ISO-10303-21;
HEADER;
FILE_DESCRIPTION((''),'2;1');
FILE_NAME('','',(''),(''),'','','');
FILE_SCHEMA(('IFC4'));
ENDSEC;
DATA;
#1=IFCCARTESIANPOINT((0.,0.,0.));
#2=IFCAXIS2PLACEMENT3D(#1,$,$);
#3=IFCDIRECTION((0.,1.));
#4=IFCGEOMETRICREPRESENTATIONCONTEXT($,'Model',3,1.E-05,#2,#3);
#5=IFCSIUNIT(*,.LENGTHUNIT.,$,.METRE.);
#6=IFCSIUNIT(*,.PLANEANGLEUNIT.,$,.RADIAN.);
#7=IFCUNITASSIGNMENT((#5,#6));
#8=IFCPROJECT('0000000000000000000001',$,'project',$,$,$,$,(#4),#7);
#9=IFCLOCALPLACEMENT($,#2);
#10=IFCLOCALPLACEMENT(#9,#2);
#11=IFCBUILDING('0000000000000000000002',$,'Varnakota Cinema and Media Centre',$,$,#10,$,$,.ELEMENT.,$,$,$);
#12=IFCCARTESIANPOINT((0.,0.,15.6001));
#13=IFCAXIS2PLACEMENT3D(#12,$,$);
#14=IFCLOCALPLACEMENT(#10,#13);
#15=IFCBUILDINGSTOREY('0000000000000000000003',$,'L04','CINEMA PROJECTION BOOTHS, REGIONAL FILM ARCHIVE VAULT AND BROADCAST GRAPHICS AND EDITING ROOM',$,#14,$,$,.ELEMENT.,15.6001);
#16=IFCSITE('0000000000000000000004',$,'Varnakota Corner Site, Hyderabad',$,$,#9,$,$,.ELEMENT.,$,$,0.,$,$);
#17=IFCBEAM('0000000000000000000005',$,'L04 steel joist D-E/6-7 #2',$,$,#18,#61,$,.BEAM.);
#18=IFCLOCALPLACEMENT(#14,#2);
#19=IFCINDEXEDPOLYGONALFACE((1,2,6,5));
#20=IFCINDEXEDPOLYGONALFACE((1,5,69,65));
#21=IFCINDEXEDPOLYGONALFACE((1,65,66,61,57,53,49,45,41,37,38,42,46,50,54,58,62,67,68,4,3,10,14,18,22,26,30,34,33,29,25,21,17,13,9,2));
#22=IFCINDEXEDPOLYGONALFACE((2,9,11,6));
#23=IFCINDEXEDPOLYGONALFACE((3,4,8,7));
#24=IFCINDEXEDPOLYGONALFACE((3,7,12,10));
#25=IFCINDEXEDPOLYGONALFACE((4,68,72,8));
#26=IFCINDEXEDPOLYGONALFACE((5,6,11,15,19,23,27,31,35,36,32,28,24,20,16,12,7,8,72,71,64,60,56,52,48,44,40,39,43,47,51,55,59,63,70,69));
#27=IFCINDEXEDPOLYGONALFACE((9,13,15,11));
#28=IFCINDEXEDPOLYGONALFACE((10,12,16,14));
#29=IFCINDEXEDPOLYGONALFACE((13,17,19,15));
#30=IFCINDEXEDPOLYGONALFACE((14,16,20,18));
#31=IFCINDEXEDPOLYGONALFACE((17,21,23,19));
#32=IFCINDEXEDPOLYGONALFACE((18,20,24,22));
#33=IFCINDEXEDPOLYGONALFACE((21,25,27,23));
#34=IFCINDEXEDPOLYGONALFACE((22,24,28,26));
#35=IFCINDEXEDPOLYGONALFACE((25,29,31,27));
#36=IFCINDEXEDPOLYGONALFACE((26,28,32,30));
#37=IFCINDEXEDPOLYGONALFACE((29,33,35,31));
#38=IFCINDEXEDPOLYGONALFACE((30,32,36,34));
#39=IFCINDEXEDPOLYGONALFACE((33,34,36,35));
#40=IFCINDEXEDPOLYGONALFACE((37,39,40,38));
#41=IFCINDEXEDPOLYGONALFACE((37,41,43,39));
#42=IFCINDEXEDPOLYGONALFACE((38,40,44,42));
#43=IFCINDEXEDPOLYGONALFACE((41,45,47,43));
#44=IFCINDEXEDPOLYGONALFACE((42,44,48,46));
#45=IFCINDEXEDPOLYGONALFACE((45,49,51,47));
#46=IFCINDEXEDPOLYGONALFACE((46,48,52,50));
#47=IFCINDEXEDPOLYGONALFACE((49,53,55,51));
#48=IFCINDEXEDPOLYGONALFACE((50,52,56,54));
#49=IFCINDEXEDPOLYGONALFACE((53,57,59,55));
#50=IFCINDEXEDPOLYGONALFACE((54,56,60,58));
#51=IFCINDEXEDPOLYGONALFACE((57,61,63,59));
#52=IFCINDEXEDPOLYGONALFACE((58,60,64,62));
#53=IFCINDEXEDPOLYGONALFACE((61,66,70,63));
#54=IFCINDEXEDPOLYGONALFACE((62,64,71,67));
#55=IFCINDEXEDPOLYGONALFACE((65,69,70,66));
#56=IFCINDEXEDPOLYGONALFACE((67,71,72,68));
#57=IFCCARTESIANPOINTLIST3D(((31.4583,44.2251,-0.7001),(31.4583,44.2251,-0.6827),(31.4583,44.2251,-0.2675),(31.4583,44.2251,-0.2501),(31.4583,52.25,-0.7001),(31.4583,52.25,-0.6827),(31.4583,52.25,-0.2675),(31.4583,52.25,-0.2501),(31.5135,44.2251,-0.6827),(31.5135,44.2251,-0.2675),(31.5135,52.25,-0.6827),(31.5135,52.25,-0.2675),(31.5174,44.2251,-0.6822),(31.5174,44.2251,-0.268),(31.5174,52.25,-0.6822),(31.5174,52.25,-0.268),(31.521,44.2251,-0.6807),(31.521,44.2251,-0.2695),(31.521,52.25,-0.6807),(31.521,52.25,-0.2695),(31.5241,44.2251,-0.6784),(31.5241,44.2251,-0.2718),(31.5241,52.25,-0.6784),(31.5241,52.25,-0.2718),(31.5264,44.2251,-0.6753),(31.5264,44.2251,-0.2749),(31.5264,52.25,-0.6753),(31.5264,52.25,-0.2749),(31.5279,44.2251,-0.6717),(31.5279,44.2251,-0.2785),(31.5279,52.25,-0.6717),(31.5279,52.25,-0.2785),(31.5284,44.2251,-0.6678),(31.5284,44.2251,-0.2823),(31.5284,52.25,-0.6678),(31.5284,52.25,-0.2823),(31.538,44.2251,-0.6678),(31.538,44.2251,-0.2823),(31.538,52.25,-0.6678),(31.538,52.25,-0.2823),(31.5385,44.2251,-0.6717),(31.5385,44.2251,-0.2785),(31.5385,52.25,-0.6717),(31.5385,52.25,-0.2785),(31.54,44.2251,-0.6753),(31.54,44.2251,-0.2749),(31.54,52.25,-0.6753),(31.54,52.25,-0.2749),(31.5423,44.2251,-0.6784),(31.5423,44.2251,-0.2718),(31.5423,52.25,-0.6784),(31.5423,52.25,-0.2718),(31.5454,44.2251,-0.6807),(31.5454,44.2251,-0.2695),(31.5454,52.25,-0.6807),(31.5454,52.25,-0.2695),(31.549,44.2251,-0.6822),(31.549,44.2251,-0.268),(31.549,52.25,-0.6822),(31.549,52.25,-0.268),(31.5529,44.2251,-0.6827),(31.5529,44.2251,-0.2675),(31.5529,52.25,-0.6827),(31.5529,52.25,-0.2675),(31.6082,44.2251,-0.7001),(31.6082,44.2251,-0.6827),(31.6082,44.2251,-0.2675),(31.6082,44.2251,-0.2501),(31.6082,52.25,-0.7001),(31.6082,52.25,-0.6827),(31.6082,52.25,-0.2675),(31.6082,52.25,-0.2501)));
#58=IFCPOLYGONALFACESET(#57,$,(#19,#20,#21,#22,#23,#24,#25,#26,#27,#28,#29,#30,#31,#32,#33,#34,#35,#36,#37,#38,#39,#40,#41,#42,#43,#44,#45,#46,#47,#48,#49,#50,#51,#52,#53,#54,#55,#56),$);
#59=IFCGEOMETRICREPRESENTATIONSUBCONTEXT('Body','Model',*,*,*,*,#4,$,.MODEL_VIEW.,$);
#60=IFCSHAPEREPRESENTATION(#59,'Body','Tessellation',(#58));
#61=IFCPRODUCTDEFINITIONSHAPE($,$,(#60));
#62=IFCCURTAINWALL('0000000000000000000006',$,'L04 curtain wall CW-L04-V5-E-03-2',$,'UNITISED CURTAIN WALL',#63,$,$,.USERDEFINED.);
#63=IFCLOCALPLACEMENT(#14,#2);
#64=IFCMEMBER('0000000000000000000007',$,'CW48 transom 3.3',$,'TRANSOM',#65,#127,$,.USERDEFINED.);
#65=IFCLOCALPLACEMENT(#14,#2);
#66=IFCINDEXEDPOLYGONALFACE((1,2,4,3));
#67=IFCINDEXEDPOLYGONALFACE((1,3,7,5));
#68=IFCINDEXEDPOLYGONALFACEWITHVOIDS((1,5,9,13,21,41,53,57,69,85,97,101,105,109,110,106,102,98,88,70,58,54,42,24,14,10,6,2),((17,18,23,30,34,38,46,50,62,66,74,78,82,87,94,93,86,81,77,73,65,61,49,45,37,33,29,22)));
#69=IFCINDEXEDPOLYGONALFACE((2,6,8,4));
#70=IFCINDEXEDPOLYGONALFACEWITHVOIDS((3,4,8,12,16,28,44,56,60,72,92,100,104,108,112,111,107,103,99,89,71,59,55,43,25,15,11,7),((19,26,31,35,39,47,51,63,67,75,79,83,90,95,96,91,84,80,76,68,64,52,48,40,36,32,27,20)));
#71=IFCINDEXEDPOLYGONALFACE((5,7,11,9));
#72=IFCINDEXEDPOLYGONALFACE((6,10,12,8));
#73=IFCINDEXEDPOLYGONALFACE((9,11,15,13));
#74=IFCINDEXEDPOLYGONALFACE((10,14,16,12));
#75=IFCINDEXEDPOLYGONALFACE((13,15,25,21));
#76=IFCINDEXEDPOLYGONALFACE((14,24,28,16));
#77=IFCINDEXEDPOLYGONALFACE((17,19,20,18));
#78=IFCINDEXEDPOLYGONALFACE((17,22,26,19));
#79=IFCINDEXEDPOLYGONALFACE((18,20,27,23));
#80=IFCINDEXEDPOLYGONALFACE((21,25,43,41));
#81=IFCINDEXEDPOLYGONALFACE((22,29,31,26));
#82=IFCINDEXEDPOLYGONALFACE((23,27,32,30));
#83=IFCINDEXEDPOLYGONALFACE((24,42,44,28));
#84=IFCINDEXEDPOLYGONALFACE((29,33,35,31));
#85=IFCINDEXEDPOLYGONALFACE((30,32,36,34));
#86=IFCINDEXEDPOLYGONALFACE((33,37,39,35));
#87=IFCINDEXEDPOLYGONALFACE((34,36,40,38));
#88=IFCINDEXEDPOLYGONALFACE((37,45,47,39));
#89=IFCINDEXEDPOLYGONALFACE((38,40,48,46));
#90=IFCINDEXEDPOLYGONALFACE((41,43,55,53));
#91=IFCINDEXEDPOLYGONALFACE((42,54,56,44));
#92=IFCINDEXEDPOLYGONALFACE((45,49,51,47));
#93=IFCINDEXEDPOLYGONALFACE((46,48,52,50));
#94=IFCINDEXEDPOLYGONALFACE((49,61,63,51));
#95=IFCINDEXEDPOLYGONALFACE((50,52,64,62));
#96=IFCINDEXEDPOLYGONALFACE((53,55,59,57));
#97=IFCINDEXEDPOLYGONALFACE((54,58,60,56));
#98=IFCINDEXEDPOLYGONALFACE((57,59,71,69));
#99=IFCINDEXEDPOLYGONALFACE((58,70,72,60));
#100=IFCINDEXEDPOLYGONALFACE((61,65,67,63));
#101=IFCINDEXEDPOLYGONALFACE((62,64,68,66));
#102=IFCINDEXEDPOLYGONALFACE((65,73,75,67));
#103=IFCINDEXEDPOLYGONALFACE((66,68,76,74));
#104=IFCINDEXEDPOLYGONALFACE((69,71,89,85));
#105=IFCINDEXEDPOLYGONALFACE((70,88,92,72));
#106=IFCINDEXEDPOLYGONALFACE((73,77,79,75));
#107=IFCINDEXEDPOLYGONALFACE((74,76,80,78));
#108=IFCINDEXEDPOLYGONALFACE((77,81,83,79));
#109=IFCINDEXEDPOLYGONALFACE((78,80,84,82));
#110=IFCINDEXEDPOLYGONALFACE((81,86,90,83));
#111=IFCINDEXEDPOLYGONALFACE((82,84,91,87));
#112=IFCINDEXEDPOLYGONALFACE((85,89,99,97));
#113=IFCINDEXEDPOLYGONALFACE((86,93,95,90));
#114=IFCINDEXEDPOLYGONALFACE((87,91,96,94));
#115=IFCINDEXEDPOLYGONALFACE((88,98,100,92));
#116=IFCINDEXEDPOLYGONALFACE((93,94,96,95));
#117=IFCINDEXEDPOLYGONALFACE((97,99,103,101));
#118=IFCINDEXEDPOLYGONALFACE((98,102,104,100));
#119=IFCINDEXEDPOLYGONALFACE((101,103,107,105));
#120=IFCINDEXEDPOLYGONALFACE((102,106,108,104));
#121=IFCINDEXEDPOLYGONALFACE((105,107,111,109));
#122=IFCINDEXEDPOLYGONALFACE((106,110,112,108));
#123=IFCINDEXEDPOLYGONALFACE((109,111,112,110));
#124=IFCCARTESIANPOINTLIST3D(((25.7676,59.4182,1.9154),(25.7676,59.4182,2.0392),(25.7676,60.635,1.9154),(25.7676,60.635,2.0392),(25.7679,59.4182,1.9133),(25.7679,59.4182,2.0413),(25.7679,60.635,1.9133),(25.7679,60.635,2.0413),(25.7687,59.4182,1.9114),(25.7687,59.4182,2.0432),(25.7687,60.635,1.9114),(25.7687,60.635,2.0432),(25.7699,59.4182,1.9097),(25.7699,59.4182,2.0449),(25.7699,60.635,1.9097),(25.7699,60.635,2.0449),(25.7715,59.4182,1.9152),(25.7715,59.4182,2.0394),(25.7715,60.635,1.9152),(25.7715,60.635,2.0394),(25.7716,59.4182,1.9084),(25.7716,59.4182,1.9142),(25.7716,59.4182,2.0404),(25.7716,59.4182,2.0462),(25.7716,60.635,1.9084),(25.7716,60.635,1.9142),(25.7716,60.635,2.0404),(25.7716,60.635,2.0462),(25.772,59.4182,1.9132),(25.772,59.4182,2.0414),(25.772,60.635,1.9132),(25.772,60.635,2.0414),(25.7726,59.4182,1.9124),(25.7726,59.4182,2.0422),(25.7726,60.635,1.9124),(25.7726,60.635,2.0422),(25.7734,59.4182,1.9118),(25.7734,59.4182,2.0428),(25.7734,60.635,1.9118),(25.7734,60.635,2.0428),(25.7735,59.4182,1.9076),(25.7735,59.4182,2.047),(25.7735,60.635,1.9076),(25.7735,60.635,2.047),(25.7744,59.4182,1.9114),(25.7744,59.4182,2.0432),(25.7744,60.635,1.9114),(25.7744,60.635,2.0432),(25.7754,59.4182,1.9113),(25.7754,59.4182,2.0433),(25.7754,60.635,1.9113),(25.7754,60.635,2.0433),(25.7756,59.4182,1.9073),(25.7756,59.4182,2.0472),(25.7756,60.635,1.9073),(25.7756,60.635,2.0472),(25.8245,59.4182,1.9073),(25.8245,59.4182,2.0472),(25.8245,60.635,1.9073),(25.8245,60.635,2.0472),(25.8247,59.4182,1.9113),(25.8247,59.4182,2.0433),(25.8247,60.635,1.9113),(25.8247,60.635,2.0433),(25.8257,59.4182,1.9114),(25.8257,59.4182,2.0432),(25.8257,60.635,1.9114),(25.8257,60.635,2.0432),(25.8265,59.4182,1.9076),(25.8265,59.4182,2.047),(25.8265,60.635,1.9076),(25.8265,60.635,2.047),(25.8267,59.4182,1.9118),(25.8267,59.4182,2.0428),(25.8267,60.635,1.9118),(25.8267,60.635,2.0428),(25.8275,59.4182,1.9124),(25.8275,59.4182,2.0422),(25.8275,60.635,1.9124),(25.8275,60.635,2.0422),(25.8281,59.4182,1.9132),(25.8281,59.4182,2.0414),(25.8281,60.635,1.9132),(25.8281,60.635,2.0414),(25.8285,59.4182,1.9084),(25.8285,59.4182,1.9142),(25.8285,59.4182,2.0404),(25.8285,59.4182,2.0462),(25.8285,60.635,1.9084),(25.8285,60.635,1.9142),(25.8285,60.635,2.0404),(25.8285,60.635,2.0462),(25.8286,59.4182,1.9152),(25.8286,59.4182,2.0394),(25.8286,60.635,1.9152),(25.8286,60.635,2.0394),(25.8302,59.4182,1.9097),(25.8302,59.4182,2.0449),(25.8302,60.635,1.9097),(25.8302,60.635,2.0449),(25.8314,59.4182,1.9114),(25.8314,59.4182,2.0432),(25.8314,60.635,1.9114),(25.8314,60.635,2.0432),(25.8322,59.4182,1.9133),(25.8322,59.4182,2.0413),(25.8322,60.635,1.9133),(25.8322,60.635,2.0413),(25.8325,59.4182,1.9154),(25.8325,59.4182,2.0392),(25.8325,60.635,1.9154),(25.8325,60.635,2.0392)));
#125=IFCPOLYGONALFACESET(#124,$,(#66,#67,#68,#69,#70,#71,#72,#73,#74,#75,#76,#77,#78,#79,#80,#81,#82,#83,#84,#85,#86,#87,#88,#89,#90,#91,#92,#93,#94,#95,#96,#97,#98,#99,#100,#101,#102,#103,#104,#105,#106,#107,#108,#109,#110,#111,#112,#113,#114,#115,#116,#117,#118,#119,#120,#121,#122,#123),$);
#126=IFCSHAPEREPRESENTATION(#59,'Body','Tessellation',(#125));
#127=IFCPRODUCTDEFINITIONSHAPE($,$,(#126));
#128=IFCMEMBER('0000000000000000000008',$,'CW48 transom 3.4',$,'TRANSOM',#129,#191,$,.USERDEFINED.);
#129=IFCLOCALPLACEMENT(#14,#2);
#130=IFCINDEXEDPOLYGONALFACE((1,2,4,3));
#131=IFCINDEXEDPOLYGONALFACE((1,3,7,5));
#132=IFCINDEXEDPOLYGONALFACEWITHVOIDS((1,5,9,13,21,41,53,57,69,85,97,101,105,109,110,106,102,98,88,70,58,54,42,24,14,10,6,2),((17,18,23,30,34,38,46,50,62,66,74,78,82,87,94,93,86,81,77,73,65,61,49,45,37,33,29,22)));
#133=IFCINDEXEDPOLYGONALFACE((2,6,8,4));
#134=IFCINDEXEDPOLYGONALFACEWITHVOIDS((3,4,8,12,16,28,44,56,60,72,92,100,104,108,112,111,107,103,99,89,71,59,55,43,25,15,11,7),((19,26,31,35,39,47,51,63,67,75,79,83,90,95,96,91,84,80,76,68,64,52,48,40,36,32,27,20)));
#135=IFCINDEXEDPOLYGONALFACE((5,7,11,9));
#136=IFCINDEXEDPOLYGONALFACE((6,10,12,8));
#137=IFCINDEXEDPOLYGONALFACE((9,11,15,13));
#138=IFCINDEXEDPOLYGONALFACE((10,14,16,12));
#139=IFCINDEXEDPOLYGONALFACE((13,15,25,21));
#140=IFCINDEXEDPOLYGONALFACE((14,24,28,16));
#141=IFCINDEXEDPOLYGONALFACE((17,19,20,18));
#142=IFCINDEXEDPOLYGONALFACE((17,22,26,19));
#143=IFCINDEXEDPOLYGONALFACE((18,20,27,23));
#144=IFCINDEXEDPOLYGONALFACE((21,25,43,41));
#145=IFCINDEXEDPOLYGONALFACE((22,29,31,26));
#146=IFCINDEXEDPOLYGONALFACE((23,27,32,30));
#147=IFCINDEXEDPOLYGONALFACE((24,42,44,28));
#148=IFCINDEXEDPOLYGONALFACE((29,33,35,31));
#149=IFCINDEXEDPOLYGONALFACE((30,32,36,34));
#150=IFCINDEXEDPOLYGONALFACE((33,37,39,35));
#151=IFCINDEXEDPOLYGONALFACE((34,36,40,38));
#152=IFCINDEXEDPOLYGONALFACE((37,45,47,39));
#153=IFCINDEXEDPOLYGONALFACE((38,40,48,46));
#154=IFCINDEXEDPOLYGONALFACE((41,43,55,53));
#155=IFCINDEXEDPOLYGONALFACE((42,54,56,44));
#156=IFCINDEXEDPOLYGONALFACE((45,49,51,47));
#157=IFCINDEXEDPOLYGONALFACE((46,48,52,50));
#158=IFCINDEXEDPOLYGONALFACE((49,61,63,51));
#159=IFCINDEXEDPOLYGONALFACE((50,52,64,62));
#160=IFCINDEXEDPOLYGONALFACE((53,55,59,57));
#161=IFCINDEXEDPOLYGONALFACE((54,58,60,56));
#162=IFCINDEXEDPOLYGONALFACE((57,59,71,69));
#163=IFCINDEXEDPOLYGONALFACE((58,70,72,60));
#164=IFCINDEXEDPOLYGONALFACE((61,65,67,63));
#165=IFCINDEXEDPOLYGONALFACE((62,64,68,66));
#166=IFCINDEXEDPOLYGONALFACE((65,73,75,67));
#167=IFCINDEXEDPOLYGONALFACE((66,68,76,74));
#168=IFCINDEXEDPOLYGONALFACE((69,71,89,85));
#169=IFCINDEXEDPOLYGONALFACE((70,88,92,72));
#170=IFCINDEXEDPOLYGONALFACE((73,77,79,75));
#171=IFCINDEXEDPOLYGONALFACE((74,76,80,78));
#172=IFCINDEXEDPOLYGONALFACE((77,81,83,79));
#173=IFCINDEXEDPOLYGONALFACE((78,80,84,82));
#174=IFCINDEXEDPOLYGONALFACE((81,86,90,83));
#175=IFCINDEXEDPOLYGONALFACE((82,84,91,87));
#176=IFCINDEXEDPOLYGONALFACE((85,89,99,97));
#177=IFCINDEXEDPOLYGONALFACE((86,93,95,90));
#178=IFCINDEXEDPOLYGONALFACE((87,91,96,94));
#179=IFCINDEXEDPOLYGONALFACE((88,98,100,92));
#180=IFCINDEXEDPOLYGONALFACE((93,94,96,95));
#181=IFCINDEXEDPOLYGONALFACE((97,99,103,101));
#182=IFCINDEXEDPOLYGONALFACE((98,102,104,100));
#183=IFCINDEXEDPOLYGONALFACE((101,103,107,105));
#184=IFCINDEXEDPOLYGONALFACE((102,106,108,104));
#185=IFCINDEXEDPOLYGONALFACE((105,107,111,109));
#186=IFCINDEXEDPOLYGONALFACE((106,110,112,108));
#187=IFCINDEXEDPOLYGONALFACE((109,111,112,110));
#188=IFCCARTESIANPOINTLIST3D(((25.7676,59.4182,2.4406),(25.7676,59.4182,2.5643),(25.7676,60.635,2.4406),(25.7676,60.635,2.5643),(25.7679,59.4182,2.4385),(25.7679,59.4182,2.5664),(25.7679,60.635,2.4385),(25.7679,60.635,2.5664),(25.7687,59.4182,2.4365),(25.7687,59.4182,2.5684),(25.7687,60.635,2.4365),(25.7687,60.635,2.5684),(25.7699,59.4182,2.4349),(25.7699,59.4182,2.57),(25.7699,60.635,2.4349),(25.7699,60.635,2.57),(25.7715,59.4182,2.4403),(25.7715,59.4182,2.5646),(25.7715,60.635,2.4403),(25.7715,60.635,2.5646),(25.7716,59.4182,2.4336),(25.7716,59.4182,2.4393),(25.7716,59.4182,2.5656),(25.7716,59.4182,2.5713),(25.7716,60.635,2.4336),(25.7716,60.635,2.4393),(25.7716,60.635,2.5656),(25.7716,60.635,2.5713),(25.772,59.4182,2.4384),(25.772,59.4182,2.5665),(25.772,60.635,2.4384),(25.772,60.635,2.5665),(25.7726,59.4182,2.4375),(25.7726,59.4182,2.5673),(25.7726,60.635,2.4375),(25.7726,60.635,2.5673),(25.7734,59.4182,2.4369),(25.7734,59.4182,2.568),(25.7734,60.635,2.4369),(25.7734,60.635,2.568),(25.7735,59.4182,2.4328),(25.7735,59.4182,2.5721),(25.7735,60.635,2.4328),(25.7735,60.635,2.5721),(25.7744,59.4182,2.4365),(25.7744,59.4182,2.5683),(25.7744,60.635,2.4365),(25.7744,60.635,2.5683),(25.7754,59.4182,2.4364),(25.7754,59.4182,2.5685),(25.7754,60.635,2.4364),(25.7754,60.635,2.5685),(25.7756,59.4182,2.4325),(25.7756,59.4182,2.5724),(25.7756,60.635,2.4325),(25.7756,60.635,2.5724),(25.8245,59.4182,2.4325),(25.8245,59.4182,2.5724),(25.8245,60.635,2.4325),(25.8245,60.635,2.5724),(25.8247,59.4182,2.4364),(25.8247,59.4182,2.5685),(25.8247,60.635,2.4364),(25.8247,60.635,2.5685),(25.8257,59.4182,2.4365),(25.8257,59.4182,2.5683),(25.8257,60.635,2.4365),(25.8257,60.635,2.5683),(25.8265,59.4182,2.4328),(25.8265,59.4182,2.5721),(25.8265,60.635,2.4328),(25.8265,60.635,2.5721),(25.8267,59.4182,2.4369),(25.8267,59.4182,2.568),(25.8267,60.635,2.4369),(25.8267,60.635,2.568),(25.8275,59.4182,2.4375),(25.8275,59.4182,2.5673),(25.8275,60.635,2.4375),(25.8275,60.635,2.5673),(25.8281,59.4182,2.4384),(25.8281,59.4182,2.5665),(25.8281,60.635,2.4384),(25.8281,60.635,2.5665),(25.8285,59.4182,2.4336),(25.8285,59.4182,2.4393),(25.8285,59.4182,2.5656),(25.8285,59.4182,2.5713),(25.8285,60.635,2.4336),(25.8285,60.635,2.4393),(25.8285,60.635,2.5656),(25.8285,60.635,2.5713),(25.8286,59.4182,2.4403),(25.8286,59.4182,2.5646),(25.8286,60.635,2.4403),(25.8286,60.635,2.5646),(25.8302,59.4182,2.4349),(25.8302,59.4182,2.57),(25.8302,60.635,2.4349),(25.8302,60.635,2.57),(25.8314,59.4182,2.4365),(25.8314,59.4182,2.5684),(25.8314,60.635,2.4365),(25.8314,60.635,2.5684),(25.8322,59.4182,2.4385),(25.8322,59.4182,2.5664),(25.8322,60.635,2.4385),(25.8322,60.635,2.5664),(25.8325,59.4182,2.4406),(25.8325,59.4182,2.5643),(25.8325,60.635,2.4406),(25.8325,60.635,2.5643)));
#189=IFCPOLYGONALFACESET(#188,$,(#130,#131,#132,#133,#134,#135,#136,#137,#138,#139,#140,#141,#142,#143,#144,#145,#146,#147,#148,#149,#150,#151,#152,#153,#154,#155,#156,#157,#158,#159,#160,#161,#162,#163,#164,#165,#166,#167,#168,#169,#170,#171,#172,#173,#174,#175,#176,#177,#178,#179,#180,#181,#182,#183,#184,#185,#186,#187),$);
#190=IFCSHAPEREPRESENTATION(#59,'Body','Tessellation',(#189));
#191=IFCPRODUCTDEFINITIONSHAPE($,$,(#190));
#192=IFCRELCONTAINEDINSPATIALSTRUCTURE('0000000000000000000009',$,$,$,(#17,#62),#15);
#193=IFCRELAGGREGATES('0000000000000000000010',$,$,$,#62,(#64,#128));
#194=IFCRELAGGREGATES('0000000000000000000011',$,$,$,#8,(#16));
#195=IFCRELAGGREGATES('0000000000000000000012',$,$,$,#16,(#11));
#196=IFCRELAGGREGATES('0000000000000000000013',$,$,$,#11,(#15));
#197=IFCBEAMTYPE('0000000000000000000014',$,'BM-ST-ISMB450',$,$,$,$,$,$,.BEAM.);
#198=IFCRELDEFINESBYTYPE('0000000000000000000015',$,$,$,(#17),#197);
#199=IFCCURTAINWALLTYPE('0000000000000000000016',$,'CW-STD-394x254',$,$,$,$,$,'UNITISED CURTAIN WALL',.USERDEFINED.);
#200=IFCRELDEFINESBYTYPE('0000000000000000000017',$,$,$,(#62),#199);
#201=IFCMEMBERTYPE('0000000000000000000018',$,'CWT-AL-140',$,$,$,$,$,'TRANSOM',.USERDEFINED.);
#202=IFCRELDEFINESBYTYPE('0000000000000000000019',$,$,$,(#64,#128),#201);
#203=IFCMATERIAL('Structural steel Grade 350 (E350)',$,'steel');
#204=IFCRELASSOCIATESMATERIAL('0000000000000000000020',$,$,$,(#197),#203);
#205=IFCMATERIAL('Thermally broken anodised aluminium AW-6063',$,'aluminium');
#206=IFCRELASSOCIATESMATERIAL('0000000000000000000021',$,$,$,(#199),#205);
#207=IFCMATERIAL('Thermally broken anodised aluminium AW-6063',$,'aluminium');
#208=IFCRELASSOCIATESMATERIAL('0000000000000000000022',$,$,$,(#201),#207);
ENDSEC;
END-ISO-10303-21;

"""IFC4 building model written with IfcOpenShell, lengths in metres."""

from ifc_helpers import new_model, si_unit, direction, frame, origin, origin_2d, place, context, subcontext, project, spatial, hollow_rectangle, i_section, extrude, material, material_profile, profile_set, type_object, element, aggregate, save


model = new_model("IFC4")

# Units and contexts
model_context = context("Model", 3, precision=1e-05, world=origin(), true_north=direction((0.0, 1.0)))
body_context = subcontext(model_context, "Body", "Model", "MODEL_VIEW")
ifc_project = project(units=[si_unit("LENGTHUNIT", "METRE"), si_unit("PLANEANGLEUNIT", "RADIAN")], contexts=[model_context])

# Site, building, storey
site_placement = place(None, origin())
site = spatial("IfcSite", under=ifc_project, at=site_placement, Name="Varnakota Corner Site, Hyderabad", CompositionType="ELEMENT", RefElevation=0.0)
building_placement = place(site_placement, origin())
building = spatial("IfcBuilding", under=site, at=building_placement, Name="Varnakota Cinema and Media Centre", CompositionType="ELEMENT")
storey_placement = place(building_placement, frame((0.0, 0.0, 15.6001)))
storey = spatial("IfcBuildingStorey", under=building, at=storey_placement, Name="L04", Description="CINEMA PROJECTION BOOTHS, REGIONAL FILM ARCHIVE VAULT AND BROADCAST GRAPHICS AND EDITING ROOM", CompositionType="ELEMENT", Elevation=15.6001)

# Beam
ifc_material_1 = material(Name="Structural steel Grade 350 (E350)", Category="steel")
ifc_material_profile_1 = material_profile(ifc_material_1, i_section(OverallWidth=0.1499, OverallDepth=0.45, WebThickness=0.0095, FlangeThickness=0.0173, FilletRadius=0.0149, at=origin_2d()), Name="ISMB 450")
ifc_profile_set_1 = profile_set([ifc_material_profile_1], Name="Structural steel Grade 350 (E350)")
beam_type_1 = type_object("IfcBeamType", Name="BM-ST-ISMB450", PredefinedType="BEAM", material=ifc_profile_set_1)
for number, where, z_axis, x_axis, name in (
    (1, (31.5332, 44.2251, -0.4751), (0.0, 1.0, 0.0), (-1.0, 0.0, 0.0), "L04 steel joist D-E/6-7 #2"),
):
    element("IfcBeam", number, at=place(storey_placement, frame(where, z_axis=z_axis, x_axis=x_axis)), inside=storey, type_object=beam_type_1, Name=name, PredefinedType="BEAM", context=body_context, shape_type="SweptSolid", body=[
        extrude(i_section(OverallWidth=0.1499, OverallDepth=0.45, WebThickness=0.0095, FlangeThickness=0.0173, FilletRadius=0.0149, at=origin_2d()), origin(), (0.0, 0.0, 1.0), 8.0249),
    ])

# Curtain wall, members
ifc_material_2 = material(Name="Thermally broken anodised aluminium AW-6063", Category="aluminium")
curtain_wall_type = type_object("IfcCurtainWallType", Name="CW-STD-394x254", ElementType="UNITISED CURTAIN WALL", PredefinedType="USERDEFINED", material=ifc_material_2)
curtain_wall_placement = place(storey_placement, origin())
curtain_wall = element("IfcCurtainWall", 2, at=curtain_wall_placement, inside=storey, type_object=curtain_wall_type, Name="L04 curtain wall CW-L04-V5-E-03-2", ObjectType="UNITISED CURTAIN WALL", PredefinedType="USERDEFINED")
ifc_material_3 = material(Name="Thermally broken anodised aluminium AW-6063", Category="aluminium")
ifc_material_profile_2 = material_profile(ifc_material_3, hollow_rectangle(XDim=0.0649, YDim=0.1399, WallThickness=0.0039, InnerFilletRadius=0.0039, OuterFilletRadius=0.0081, at=origin_2d()), Name="AL-TRANSOM 140x65x4")
ifc_profile_set_2 = profile_set([ifc_material_profile_2], Name="Thermally broken anodised aluminium AW-6063")
member_type_1 = type_object("IfcMemberType", Name="CWT-AL-140", ElementType="TRANSOM", PredefinedType="USERDEFINED", material=ifc_profile_set_2)
member_1_placement = place(storey_placement, frame((25.8, 59.4182, 1.9773), z_axis=(0.0, 1.0, 0.0), x_axis=(-1.0, 0.0, 0.0)))
member_1 = element("IfcMember", 3, at=member_1_placement, type_object=member_type_1, Name="CW48 transom 3.3", ObjectType="TRANSOM", PredefinedType="USERDEFINED", context=body_context, shape_type="SweptSolid", body=[
    extrude(hollow_rectangle(XDim=0.0649, YDim=0.1399, WallThickness=0.0039, InnerFilletRadius=0.0039, OuterFilletRadius=0.0081, at=origin_2d()), origin(), (0.0, 0.0, 1.0), 1.2168),
])
member_2_placement = place(storey_placement, frame((25.8, 59.4182, 2.5024), z_axis=(0.0, 1.0, 0.0), x_axis=(-1.0, 0.0, 0.0)))
member_2 = element("IfcMember", 4, at=member_2_placement, type_object=member_type_1, Name="CW48 transom 3.4", ObjectType="TRANSOM", PredefinedType="USERDEFINED", context=body_context, shape_type="SweptSolid", body=[
    extrude(hollow_rectangle(XDim=0.0649, YDim=0.1399, WallThickness=0.0039, InnerFilletRadius=0.0039, OuterFilletRadius=0.0081, at=origin_2d()), origin(), (0.0, 0.0, 1.0), 1.2168),
])

aggregate(curtain_wall, [member_1, member_2])

save(model, "model.ifc")
